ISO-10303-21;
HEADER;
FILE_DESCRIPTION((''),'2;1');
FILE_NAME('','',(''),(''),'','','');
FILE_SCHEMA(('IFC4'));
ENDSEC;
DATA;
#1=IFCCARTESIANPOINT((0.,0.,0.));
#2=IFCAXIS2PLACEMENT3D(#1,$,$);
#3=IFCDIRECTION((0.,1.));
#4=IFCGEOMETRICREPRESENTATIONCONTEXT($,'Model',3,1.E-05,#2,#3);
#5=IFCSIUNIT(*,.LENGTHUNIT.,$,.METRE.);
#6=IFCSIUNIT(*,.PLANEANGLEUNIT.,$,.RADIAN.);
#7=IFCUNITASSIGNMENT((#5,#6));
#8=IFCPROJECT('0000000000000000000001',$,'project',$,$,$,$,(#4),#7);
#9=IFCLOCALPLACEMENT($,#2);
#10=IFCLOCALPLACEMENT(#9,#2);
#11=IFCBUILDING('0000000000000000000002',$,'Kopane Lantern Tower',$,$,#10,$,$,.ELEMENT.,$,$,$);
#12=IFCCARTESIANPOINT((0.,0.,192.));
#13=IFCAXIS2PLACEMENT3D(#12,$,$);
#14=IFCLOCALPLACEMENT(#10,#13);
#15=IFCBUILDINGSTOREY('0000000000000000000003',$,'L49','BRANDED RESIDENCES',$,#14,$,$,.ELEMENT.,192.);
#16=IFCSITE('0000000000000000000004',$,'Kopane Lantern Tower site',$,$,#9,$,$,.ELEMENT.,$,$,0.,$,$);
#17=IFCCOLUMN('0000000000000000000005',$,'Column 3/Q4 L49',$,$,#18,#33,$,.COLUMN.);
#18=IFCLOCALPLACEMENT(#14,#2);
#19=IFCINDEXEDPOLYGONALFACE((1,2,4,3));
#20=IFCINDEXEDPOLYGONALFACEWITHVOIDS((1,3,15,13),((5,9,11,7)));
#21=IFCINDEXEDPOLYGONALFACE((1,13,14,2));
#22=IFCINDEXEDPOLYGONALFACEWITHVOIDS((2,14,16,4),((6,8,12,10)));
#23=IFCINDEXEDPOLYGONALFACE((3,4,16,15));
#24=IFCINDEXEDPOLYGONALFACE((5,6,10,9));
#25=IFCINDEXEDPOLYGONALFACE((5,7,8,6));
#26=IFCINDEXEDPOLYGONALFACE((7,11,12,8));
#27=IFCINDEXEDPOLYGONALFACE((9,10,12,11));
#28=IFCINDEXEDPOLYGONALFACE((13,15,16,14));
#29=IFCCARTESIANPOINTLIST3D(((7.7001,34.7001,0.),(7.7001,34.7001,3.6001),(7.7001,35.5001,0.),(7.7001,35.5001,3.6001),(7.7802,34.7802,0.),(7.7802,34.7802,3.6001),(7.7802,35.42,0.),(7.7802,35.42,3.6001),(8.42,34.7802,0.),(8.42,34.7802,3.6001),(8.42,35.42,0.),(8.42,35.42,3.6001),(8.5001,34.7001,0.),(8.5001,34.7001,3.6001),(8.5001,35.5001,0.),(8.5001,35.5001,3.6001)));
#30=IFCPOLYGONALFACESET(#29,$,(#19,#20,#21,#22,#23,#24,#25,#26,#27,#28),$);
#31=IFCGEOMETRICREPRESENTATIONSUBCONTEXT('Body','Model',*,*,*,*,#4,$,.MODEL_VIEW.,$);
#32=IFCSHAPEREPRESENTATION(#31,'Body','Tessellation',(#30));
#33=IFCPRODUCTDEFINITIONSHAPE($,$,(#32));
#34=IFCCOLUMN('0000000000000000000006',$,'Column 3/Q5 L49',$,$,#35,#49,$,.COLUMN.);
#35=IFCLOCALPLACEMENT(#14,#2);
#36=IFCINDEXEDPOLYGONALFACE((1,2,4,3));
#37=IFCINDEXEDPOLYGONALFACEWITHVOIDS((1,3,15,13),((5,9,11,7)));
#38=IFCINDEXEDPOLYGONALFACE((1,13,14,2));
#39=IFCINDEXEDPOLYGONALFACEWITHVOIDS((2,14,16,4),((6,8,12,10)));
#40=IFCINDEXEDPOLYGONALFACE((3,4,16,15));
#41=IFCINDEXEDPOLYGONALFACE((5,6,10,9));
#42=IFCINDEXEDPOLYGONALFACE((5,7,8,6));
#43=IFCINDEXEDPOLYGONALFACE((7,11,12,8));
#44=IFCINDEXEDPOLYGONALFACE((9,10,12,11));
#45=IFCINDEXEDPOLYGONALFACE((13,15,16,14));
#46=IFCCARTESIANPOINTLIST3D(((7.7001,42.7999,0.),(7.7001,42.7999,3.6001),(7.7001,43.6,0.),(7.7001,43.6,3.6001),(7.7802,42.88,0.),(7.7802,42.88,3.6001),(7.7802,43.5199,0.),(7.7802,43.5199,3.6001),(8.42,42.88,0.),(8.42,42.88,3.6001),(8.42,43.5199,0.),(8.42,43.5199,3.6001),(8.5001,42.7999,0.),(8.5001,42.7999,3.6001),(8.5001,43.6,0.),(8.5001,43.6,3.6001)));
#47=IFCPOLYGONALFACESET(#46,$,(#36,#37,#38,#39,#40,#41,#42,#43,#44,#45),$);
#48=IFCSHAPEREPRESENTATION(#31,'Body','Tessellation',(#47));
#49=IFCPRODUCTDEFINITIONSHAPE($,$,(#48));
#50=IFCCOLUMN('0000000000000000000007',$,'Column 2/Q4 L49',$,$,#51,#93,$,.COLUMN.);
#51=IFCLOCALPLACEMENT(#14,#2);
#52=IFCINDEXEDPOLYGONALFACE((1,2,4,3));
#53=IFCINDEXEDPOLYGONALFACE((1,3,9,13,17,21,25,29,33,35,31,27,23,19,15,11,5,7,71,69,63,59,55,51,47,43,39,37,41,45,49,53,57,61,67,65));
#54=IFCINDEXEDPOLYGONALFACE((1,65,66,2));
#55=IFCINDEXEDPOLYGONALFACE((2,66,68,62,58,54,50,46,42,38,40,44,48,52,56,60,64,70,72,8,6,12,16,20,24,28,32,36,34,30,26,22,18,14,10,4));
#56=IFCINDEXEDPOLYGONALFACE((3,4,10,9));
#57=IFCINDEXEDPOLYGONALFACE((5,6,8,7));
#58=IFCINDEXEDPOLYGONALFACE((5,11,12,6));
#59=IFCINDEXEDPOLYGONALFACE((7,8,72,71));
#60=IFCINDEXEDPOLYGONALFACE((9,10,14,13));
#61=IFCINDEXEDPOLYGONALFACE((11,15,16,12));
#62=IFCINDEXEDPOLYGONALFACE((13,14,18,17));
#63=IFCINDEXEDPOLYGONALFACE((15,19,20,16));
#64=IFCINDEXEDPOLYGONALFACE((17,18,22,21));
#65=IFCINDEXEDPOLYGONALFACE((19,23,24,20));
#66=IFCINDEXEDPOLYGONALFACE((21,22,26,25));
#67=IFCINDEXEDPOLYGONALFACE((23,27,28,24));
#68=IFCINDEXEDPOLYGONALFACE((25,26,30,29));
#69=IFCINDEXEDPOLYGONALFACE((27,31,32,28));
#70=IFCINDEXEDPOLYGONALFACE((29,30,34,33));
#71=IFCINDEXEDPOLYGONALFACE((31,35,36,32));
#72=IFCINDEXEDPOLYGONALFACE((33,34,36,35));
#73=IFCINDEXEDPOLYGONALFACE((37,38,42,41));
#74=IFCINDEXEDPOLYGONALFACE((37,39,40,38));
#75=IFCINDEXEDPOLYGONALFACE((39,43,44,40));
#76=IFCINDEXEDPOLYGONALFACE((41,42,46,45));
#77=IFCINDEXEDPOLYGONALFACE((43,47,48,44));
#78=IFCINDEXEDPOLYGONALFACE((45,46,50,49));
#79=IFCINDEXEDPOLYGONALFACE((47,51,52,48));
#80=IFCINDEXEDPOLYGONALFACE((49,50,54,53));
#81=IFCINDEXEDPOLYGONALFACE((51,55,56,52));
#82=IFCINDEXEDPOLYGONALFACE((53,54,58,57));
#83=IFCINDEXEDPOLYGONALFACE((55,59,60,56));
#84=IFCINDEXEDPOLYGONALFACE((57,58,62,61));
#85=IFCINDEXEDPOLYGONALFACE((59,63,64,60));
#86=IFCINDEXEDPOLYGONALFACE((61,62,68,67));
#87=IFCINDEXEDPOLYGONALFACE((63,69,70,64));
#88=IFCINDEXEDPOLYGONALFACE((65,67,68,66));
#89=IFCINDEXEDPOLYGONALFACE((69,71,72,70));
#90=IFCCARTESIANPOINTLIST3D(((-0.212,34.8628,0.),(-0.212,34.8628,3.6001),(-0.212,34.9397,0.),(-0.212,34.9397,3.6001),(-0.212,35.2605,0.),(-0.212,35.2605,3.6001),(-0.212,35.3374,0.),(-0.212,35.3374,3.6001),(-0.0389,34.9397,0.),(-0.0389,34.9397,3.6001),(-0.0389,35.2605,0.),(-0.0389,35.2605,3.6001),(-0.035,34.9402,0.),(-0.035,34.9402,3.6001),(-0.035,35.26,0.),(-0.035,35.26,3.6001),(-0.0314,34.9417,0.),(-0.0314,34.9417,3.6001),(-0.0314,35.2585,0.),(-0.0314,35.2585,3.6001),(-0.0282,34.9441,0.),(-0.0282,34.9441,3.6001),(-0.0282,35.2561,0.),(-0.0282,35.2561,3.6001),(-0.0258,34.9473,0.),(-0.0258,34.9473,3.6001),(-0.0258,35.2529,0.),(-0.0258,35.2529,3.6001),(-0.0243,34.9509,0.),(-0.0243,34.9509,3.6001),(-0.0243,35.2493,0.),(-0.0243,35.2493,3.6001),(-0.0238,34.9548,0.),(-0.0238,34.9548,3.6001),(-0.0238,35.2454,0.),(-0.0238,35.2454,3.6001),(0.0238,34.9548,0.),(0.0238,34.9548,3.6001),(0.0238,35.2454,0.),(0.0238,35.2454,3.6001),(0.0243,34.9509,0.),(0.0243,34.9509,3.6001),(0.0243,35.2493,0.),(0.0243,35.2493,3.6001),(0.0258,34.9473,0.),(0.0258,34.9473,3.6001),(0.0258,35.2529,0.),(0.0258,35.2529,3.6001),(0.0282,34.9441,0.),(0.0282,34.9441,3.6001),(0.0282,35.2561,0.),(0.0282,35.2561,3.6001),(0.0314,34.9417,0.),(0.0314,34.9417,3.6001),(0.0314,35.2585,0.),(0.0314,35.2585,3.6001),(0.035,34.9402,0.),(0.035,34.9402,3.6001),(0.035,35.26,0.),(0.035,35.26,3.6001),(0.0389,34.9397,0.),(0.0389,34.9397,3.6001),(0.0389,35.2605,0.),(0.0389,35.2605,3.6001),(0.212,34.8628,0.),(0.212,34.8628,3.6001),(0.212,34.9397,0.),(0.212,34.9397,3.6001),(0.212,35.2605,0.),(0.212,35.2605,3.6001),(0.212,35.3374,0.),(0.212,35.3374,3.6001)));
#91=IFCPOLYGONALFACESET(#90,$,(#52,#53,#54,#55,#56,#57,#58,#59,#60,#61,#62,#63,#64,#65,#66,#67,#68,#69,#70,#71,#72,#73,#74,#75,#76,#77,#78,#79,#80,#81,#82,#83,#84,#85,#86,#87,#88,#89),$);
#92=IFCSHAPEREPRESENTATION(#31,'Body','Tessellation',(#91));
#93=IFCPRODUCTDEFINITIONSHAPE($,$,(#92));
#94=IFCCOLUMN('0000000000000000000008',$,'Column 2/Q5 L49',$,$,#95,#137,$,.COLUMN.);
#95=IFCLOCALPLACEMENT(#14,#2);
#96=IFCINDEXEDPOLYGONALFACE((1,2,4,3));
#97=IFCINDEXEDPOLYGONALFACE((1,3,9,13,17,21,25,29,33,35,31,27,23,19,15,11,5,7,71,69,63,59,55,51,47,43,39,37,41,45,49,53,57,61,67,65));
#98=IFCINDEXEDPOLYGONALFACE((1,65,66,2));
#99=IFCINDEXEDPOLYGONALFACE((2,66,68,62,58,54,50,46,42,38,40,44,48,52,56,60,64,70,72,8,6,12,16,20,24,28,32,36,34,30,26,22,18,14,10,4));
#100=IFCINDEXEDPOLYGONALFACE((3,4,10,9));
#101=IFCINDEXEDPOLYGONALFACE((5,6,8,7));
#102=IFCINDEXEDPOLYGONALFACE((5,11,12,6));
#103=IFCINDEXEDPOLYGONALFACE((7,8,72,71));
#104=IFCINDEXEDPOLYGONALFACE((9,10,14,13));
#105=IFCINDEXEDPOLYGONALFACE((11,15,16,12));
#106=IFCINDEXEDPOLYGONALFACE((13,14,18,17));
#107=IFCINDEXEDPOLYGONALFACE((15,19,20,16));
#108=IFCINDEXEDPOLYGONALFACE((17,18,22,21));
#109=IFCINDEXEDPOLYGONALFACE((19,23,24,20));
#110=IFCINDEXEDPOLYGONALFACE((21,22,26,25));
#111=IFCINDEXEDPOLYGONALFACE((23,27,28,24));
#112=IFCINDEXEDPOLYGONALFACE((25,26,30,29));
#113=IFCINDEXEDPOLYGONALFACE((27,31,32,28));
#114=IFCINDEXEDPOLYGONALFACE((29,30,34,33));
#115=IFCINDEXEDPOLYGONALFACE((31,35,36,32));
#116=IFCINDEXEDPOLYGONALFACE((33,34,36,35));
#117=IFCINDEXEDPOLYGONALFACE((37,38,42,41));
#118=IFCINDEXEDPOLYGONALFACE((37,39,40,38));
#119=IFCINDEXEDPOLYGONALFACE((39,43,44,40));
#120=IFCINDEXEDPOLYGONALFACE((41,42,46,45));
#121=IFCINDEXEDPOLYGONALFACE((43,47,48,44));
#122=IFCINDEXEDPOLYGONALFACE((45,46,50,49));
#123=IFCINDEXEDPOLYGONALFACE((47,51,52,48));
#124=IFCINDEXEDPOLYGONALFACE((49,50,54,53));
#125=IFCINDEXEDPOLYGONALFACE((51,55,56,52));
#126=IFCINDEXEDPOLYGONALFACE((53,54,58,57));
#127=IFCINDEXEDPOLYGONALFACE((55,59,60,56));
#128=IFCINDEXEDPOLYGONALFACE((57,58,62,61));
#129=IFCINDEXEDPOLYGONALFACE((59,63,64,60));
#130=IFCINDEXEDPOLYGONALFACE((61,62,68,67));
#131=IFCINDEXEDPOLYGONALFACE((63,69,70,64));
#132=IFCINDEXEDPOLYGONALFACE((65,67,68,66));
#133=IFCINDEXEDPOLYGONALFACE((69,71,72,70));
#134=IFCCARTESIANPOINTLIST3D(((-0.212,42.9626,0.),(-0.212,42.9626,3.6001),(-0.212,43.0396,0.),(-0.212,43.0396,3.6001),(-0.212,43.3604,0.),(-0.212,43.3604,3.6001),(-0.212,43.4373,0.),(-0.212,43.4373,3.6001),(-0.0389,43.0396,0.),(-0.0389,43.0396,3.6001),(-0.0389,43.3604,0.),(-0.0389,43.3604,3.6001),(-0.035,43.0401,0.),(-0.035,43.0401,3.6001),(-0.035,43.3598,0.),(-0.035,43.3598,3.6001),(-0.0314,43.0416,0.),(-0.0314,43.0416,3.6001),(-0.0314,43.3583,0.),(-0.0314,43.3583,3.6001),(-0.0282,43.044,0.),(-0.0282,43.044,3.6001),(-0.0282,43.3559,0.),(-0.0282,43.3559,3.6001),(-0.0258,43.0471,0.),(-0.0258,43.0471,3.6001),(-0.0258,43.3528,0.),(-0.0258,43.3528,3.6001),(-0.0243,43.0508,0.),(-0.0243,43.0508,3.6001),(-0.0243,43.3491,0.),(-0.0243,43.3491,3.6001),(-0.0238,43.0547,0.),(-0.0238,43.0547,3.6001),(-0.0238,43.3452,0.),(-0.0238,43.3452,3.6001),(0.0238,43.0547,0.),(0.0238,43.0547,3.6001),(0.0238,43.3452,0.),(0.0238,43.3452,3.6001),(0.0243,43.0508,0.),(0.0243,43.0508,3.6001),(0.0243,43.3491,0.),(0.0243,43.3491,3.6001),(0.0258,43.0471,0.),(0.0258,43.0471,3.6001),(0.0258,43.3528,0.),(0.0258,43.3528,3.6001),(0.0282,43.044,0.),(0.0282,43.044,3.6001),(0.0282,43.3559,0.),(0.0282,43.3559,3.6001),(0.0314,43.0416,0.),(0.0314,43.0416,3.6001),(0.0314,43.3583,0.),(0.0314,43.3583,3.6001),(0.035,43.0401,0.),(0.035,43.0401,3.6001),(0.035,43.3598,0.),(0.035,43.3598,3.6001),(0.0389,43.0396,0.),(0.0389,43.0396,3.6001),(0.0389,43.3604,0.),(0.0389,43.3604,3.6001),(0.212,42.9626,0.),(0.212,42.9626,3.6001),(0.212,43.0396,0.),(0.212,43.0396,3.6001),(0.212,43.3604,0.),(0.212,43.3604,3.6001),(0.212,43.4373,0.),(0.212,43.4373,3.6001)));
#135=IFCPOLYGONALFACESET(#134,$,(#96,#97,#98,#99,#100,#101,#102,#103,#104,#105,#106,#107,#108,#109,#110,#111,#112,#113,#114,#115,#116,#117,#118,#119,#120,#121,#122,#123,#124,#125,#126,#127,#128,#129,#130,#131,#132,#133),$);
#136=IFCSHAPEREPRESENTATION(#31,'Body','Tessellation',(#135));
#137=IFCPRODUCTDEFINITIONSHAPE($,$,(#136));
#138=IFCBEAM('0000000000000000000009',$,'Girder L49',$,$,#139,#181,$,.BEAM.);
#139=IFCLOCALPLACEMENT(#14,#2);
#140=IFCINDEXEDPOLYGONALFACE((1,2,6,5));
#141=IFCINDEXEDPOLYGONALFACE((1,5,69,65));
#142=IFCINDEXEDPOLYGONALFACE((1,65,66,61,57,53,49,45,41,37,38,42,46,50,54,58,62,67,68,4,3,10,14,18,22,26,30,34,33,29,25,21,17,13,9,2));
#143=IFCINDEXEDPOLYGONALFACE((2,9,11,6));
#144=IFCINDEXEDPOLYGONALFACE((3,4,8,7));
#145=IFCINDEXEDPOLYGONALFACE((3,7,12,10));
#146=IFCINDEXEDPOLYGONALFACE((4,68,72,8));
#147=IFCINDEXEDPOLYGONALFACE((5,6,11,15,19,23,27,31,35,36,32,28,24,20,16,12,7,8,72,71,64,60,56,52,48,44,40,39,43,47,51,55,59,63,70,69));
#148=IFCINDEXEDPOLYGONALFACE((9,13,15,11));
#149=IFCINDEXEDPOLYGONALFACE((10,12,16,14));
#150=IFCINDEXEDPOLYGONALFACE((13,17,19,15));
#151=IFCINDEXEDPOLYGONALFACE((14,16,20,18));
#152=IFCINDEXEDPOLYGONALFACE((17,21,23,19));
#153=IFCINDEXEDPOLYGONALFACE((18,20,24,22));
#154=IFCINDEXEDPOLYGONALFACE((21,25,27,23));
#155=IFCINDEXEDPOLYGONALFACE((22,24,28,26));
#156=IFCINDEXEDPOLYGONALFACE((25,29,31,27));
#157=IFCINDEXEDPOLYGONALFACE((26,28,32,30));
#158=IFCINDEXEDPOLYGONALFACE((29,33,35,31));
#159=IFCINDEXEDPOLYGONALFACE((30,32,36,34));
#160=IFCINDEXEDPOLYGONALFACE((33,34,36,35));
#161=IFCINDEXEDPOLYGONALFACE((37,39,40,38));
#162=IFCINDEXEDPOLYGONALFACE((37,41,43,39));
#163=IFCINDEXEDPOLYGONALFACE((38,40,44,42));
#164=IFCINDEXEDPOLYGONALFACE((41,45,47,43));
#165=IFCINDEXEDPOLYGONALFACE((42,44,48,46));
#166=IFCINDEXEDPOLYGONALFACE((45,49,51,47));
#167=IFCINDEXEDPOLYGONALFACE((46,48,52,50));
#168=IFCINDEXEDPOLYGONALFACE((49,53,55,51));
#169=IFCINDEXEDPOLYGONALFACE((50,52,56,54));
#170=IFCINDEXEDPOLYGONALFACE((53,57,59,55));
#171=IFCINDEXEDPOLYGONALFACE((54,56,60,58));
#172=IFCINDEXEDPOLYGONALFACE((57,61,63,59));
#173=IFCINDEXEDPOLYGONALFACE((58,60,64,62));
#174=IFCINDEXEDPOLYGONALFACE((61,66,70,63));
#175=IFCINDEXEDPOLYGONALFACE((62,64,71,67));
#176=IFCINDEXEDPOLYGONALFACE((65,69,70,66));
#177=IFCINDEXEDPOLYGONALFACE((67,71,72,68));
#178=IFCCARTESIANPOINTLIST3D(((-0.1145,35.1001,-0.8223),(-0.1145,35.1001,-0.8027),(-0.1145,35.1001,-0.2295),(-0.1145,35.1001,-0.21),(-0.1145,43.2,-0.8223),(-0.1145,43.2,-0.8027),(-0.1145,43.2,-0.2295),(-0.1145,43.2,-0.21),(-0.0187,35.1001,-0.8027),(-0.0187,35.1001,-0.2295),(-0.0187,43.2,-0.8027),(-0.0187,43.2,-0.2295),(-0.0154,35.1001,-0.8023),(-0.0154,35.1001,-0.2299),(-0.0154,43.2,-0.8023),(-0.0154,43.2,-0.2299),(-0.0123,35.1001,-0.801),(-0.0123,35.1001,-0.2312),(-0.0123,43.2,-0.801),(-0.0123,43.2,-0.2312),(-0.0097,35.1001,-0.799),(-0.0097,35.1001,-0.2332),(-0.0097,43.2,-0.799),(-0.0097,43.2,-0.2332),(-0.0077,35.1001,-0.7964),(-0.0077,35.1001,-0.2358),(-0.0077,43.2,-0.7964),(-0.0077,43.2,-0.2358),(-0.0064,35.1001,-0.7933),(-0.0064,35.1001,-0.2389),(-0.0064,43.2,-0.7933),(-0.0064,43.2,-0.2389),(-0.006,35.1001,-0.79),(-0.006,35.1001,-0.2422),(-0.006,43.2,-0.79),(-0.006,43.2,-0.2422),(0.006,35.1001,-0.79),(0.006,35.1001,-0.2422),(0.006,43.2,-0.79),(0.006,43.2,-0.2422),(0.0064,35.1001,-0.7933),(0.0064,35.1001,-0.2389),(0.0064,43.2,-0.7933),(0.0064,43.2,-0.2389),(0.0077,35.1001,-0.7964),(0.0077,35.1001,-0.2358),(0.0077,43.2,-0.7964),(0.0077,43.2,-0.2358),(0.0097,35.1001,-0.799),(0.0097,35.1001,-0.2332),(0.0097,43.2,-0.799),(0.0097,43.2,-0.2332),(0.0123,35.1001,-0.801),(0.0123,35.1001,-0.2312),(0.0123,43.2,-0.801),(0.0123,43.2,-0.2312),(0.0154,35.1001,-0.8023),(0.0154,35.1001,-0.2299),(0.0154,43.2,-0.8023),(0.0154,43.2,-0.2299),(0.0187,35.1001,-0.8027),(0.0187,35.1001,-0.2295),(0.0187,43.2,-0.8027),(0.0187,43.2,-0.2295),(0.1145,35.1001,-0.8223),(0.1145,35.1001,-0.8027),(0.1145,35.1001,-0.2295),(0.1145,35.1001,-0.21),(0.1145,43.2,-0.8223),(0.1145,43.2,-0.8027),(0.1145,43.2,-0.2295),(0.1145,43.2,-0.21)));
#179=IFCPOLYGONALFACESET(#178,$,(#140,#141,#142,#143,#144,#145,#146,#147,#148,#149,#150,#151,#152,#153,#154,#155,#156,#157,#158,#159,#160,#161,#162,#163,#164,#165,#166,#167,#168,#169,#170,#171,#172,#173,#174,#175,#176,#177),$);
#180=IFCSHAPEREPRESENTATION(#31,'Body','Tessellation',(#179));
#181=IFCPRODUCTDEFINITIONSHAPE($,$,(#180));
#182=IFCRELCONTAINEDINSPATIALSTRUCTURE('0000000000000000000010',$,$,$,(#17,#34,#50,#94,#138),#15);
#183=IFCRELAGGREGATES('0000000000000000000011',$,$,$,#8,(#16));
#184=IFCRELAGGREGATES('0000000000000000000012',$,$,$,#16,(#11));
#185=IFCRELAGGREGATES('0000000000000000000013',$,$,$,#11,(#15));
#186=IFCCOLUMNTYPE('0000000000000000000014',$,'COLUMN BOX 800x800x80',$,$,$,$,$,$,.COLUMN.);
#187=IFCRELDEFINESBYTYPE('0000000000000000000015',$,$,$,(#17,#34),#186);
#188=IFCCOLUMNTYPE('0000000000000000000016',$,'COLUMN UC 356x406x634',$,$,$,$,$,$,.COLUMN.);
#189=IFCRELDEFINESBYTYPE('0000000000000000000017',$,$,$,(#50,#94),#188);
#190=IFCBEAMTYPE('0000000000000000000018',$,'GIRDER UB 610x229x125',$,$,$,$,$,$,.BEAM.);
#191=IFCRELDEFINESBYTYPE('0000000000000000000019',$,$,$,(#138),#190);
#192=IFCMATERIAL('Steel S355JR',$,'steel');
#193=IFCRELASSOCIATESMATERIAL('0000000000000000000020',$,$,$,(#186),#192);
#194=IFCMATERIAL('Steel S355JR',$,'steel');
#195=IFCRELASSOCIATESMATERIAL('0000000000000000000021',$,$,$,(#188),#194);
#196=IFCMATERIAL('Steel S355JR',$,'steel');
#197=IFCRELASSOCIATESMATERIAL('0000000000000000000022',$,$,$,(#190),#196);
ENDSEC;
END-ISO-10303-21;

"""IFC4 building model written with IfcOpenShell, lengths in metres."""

from ifc_helpers import new_model, si_unit, direction, frame, origin, origin_2d, place, context, subcontext, project, spatial, hollow_rectangle, i_section, extrude, material, material_profile, profile_set, type_object, element, save


model = new_model("IFC4")

# Units and contexts
model_context = context("Model", 3, precision=1e-05, world=origin(), true_north=direction((0.0, 1.0)))
body_context = subcontext(model_context, "Body", "Model", "MODEL_VIEW")
ifc_project = project(units=[si_unit("LENGTHUNIT", "METRE"), si_unit("PLANEANGLEUNIT", "RADIAN")], contexts=[model_context])

# Site, building, storey
site_placement = place(None, origin())
site = spatial("IfcSite", under=ifc_project, at=site_placement, Name="Kopane Lantern Tower site", CompositionType="ELEMENT", RefElevation=0.0)
building_placement = place(site_placement, origin())
building = spatial("IfcBuilding", under=site, at=building_placement, Name="Kopane Lantern Tower", CompositionType="ELEMENT")
storey_placement = place(building_placement, frame((0.0, 0.0, 192.0)))
storey = spatial("IfcBuildingStorey", under=building, at=storey_placement, Name="L49", Description="BRANDED RESIDENCES", CompositionType="ELEMENT", Elevation=192.0)

# Columns
ifc_material_1 = material(Name="Steel S355JR", Category="steel")
ifc_material_profile_1 = material_profile(ifc_material_1, hollow_rectangle(XDim=0.8, YDim=0.8, WallThickness=0.0801, at=origin_2d()), Name="BOX 800x800x80")
ifc_profile_set_1 = profile_set([ifc_material_profile_1], Name="Steel S355JR")
column_type_1 = type_object("IfcColumnType", Name="COLUMN BOX 800x800x80", PredefinedType="COLUMN", material=ifc_profile_set_1)
for number, where, z_axis, x_axis, name in (
    (1, (8.1001, 35.1001, 0.0), (0.0, 0.0, 1.0), (1.0, 0.0, 0.0), "Column 3/Q4 L49"),
    (2, (8.1001, 43.2, 0.0), (0.0, 0.0, 1.0), (1.0, 0.0, 0.0), "Column 3/Q5 L49"),
):
    element("IfcColumn", number, at=place(storey_placement, frame(where, z_axis=z_axis, x_axis=x_axis)), inside=storey, type_object=column_type_1, Name=name, PredefinedType="COLUMN", context=body_context, shape_type="SweptSolid", body=[
        extrude(hollow_rectangle(XDim=0.8, YDim=0.8, WallThickness=0.0801, at=origin_2d()), origin(), (0.0, 0.0, 1.0), 3.6001),
    ])
ifc_material_2 = material(Name="Steel S355JR", Category="steel")
ifc_material_profile_2 = material_profile(ifc_material_2, i_section(OverallWidth=0.4241, OverallDepth=0.4746, WebThickness=0.0476, FlangeThickness=0.0769, FilletRadius=0.0151, at=origin_2d()), Name="UC 356x406x634")
ifc_profile_set_2 = profile_set([ifc_material_profile_2], Name="Steel S355JR")
column_type_2 = type_object("IfcColumnType", Name="COLUMN UC 356x406x634", PredefinedType="COLUMN", material=ifc_profile_set_2)
for number, where, z_axis, x_axis, name in (
    (3, (0.0, 35.1001, 0.0), (0.0, 0.0, 1.0), (1.0, 0.0, 0.0), "Column 2/Q4 L49"),
    (4, (0.0, 43.2, 0.0), (0.0, 0.0, 1.0), (1.0, 0.0, 0.0), "Column 2/Q5 L49"),
):
    element("IfcColumn", number, at=place(storey_placement, frame(where, z_axis=z_axis, x_axis=x_axis)), inside=storey, type_object=column_type_2, Name=name, PredefinedType="COLUMN", context=body_context, shape_type="SweptSolid", body=[
        extrude(i_section(OverallWidth=0.4241, OverallDepth=0.4746, WebThickness=0.0476, FlangeThickness=0.0769, FilletRadius=0.0151, at=origin_2d()), origin(), (0.0, 0.0, 1.0), 3.6001),
    ])

# Beam
ifc_material_3 = material(Name="Steel S355JR", Category="steel")
ifc_material_profile_3 = material_profile(ifc_material_3, i_section(OverallWidth=0.229, OverallDepth=0.6123, WebThickness=0.012, FlangeThickness=0.0195, FilletRadius=0.0127, at=origin_2d()), Name="UB 610x229x125")
ifc_profile_set_3 = profile_set([ifc_material_profile_3], Name="Steel S355JR")
beam_type = type_object("IfcBeamType", Name="GIRDER UB 610x229x125", PredefinedType="BEAM", material=ifc_profile_set_3)
beam_1_placement = place(storey_placement, frame((0.0, 35.1001, -0.5161), z_axis=(0.0, 1.0, 0.0), x_axis=(-1.0, 0.0, 0.0)))
element("IfcBeam", 5, at=beam_1_placement, inside=storey, type_object=beam_type, Name="Girder L49", PredefinedType="BEAM", context=body_context, shape_type="SweptSolid", body=[
    extrude(i_section(OverallWidth=0.229, OverallDepth=0.6123, WebThickness=0.012, FlangeThickness=0.0195, FilletRadius=0.0127, at=origin_2d()), origin(), (0.0, 0.0, 1.0), 8.0999),
])

save(model, "model.ifc")
